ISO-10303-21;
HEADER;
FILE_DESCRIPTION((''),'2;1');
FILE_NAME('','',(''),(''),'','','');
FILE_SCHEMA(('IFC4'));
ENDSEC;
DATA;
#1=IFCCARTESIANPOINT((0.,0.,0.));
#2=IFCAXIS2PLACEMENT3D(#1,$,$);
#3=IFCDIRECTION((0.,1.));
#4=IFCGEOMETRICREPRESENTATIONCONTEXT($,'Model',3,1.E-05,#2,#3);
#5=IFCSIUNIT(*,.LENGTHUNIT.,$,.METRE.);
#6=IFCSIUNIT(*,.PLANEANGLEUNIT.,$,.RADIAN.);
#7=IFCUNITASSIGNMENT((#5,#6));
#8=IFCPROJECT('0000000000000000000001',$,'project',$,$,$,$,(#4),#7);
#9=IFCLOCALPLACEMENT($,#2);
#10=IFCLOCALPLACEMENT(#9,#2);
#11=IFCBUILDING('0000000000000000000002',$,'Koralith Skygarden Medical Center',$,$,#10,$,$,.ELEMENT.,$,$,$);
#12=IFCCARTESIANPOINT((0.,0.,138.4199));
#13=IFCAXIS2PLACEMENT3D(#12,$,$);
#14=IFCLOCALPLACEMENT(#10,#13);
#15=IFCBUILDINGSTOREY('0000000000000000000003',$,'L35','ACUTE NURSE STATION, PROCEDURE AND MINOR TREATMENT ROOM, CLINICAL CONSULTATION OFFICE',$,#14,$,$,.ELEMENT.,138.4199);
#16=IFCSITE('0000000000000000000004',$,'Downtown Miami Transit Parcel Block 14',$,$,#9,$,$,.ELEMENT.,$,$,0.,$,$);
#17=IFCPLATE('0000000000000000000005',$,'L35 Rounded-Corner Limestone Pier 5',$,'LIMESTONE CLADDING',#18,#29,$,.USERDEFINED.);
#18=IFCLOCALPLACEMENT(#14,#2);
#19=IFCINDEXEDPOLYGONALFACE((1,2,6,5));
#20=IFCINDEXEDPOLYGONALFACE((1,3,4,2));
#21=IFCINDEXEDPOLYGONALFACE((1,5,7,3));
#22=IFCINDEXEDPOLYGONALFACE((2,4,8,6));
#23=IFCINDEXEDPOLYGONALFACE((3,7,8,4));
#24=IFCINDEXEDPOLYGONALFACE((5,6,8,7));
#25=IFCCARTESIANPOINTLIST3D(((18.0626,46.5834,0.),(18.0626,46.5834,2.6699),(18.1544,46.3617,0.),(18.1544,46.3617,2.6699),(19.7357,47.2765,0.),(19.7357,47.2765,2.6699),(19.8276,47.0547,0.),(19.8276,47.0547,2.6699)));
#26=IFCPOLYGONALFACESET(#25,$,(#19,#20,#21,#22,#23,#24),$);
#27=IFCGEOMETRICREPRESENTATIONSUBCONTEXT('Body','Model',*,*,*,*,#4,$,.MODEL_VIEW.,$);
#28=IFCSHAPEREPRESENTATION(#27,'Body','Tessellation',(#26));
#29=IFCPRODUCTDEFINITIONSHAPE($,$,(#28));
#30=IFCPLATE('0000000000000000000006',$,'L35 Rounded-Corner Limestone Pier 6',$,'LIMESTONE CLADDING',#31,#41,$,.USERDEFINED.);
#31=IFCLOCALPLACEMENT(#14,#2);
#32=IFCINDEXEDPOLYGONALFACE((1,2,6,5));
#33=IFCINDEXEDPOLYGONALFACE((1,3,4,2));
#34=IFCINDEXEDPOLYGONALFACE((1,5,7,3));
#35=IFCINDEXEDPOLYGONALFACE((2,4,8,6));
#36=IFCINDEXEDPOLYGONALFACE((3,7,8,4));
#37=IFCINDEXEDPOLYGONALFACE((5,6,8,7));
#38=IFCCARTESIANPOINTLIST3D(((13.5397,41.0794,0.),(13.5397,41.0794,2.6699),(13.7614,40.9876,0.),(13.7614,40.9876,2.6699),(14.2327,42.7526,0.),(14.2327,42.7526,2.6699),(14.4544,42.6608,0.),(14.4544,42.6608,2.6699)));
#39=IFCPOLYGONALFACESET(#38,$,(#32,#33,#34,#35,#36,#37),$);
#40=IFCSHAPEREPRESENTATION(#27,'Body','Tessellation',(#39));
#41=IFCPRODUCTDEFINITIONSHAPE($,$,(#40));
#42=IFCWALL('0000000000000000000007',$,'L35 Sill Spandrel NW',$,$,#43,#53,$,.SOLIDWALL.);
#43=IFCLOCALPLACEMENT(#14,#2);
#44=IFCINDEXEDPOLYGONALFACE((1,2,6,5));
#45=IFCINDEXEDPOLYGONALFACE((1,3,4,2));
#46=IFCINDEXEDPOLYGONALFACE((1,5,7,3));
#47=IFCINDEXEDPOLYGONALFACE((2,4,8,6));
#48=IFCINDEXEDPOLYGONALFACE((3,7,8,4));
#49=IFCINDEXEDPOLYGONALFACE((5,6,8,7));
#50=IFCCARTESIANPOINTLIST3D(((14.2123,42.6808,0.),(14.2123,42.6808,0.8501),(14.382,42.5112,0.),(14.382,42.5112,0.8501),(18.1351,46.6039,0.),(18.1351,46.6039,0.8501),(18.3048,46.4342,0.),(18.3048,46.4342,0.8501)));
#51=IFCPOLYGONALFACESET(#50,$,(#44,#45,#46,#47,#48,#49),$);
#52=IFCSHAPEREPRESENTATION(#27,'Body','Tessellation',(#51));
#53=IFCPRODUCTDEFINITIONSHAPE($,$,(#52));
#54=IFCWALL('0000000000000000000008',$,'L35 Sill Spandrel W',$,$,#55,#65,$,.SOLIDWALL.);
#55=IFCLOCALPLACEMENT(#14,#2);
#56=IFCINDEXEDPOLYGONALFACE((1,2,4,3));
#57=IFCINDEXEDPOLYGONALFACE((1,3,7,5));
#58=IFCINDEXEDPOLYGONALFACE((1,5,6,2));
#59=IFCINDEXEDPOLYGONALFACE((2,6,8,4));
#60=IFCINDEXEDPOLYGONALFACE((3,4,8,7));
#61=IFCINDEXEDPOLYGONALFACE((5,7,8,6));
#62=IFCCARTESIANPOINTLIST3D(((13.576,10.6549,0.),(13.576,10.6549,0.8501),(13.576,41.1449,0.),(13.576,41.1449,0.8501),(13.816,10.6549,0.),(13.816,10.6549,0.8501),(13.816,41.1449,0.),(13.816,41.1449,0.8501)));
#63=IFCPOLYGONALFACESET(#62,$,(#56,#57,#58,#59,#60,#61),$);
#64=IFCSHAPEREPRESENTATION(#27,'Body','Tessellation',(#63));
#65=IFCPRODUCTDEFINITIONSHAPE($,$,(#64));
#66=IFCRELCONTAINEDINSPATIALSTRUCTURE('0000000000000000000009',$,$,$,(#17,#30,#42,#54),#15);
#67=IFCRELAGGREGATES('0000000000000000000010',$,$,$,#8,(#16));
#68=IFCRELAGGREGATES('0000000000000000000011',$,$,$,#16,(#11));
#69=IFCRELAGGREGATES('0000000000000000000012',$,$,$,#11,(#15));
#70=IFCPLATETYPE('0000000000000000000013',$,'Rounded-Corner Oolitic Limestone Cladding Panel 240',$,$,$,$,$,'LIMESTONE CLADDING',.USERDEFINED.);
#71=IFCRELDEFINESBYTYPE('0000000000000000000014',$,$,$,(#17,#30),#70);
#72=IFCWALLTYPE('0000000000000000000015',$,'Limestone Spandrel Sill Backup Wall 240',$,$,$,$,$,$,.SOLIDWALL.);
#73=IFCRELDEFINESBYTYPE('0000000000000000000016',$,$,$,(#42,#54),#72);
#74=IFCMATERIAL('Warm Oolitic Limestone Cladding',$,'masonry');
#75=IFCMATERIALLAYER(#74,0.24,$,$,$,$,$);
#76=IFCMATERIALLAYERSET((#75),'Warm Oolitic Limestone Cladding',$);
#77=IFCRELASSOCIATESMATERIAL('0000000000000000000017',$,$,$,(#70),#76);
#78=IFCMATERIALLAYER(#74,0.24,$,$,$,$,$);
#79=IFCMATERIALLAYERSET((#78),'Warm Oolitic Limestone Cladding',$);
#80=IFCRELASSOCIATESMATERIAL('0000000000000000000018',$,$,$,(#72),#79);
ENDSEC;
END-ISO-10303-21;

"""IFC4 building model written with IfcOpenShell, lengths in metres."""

from ifc_helpers import new_model, si_unit, direction, frame, frame_2d, origin, origin_2d, place, context, subcontext, project, spatial, rectangle, extrude, material, layer, layer_set, type_object, element, save


model = new_model("IFC4")

# Units and contexts
model_context = context("Model", 3, precision=1e-05, world=origin(), true_north=direction((0.0, 1.0)))
body_context = subcontext(model_context, "Body", "Model", "MODEL_VIEW")
ifc_project = project(units=[si_unit("LENGTHUNIT", "METRE"), si_unit("PLANEANGLEUNIT", "RADIAN")], contexts=[model_context])

# Site, building, storey
site_placement = place(None, origin())
site = spatial("IfcSite", under=ifc_project, at=site_placement, Name="Downtown Miami Transit Parcel Block 14", CompositionType="ELEMENT", RefElevation=0.0)
building_placement = place(site_placement, origin())
building = spatial("IfcBuilding", under=site, at=building_placement, Name="Koralith Skygarden Medical Center", CompositionType="ELEMENT")
storey_placement = place(building_placement, frame((0.0, 0.0, 138.4199)))
storey = spatial("IfcBuildingStorey", under=building, at=storey_placement, Name="L35", Description="ACUTE NURSE STATION, PROCEDURE AND MINOR TREATMENT ROOM, CLINICAL CONSULTATION OFFICE", CompositionType="ELEMENT", Elevation=138.4199)

# Plates
ifc_material_1 = material(Name="Warm Oolitic Limestone Cladding", Category="masonry")
ifc_layer_1 = layer(ifc_material_1, 0.24)
ifc_layer_set_1 = layer_set([ifc_layer_1], Name="Warm Oolitic Limestone Cladding")
plate_type_1 = type_object("IfcPlateType", Name="Rounded-Corner Oolitic Limestone Cladding Panel 240", ElementType="LIMESTONE CLADDING", PredefinedType="USERDEFINED", material=ifc_layer_set_1)
for number, where, z_axis, x_axis, name in (
    (1, (18.9451, 46.8191, 0.0), (0.0, 0.0, 1.0), (-0.923885, -0.382671, 0.0), "L35 Rounded-Corner Limestone Pier 5"),
    (2, (13.9971, 41.8701, 0.0), (0.0, 0.0, 1.0), (-0.382671, -0.923885, 0.0), "L35 Rounded-Corner Limestone Pier 6"),
):
    element("IfcPlate", number, at=place(storey_placement, frame(where, z_axis=z_axis, x_axis=x_axis)), inside=storey, type_object=plate_type_1, Name=name, ObjectType="LIMESTONE CLADDING", PredefinedType="USERDEFINED", context=body_context, shape_type="SweptSolid", body=[
        extrude(rectangle(XDim=1.811, YDim=0.24, at=origin_2d()), origin(), (0.0, 0.0, 1.0), 2.6699),
    ])

# Walls
ifc_layer_2 = layer(ifc_material_1, 0.24)
ifc_layer_set_2 = layer_set([ifc_layer_2], Name="Warm Oolitic Limestone Cladding")
wall_type = type_object("IfcWallType", Name="Limestone Spandrel Sill Backup Wall 240", PredefinedType="SOLIDWALL", material=ifc_layer_set_2)
wall_1_placement = place(storey_placement, frame((18.22, 46.519, 0.0), z_axis=(0.0, 0.0, 1.0), x_axis=(-0.707085, -0.707129, 0.0)))
element("IfcWall", 3, at=wall_1_placement, inside=storey, type_object=wall_type, Name="L35 Sill Spandrel NW", PredefinedType="SOLIDWALL", context=body_context, shape_type="SweptSolid", body=[
    extrude(rectangle(XDim=5.5479, YDim=0.24, at=frame_2d((2.7739, 0.0))), origin(), (0.0, 0.0, 1.0), 0.8501),
])
wall_2_placement = place(storey_placement, frame((13.696, 41.145, 0.0), z_axis=(0.0, 0.0, 1.0), x_axis=(0.0, -1.0, 0.0)))
element("IfcWall", 4, at=wall_2_placement, inside=storey, type_object=wall_type, Name="L35 Sill Spandrel W", PredefinedType="SOLIDWALL", context=body_context, shape_type="SweptSolid", body=[
    extrude(rectangle(XDim=30.49, YDim=0.24, at=frame_2d((15.2451, 0.0))), origin(), (0.0, 0.0, 1.0), 0.8501),
])

save(model, "model.ifc")
